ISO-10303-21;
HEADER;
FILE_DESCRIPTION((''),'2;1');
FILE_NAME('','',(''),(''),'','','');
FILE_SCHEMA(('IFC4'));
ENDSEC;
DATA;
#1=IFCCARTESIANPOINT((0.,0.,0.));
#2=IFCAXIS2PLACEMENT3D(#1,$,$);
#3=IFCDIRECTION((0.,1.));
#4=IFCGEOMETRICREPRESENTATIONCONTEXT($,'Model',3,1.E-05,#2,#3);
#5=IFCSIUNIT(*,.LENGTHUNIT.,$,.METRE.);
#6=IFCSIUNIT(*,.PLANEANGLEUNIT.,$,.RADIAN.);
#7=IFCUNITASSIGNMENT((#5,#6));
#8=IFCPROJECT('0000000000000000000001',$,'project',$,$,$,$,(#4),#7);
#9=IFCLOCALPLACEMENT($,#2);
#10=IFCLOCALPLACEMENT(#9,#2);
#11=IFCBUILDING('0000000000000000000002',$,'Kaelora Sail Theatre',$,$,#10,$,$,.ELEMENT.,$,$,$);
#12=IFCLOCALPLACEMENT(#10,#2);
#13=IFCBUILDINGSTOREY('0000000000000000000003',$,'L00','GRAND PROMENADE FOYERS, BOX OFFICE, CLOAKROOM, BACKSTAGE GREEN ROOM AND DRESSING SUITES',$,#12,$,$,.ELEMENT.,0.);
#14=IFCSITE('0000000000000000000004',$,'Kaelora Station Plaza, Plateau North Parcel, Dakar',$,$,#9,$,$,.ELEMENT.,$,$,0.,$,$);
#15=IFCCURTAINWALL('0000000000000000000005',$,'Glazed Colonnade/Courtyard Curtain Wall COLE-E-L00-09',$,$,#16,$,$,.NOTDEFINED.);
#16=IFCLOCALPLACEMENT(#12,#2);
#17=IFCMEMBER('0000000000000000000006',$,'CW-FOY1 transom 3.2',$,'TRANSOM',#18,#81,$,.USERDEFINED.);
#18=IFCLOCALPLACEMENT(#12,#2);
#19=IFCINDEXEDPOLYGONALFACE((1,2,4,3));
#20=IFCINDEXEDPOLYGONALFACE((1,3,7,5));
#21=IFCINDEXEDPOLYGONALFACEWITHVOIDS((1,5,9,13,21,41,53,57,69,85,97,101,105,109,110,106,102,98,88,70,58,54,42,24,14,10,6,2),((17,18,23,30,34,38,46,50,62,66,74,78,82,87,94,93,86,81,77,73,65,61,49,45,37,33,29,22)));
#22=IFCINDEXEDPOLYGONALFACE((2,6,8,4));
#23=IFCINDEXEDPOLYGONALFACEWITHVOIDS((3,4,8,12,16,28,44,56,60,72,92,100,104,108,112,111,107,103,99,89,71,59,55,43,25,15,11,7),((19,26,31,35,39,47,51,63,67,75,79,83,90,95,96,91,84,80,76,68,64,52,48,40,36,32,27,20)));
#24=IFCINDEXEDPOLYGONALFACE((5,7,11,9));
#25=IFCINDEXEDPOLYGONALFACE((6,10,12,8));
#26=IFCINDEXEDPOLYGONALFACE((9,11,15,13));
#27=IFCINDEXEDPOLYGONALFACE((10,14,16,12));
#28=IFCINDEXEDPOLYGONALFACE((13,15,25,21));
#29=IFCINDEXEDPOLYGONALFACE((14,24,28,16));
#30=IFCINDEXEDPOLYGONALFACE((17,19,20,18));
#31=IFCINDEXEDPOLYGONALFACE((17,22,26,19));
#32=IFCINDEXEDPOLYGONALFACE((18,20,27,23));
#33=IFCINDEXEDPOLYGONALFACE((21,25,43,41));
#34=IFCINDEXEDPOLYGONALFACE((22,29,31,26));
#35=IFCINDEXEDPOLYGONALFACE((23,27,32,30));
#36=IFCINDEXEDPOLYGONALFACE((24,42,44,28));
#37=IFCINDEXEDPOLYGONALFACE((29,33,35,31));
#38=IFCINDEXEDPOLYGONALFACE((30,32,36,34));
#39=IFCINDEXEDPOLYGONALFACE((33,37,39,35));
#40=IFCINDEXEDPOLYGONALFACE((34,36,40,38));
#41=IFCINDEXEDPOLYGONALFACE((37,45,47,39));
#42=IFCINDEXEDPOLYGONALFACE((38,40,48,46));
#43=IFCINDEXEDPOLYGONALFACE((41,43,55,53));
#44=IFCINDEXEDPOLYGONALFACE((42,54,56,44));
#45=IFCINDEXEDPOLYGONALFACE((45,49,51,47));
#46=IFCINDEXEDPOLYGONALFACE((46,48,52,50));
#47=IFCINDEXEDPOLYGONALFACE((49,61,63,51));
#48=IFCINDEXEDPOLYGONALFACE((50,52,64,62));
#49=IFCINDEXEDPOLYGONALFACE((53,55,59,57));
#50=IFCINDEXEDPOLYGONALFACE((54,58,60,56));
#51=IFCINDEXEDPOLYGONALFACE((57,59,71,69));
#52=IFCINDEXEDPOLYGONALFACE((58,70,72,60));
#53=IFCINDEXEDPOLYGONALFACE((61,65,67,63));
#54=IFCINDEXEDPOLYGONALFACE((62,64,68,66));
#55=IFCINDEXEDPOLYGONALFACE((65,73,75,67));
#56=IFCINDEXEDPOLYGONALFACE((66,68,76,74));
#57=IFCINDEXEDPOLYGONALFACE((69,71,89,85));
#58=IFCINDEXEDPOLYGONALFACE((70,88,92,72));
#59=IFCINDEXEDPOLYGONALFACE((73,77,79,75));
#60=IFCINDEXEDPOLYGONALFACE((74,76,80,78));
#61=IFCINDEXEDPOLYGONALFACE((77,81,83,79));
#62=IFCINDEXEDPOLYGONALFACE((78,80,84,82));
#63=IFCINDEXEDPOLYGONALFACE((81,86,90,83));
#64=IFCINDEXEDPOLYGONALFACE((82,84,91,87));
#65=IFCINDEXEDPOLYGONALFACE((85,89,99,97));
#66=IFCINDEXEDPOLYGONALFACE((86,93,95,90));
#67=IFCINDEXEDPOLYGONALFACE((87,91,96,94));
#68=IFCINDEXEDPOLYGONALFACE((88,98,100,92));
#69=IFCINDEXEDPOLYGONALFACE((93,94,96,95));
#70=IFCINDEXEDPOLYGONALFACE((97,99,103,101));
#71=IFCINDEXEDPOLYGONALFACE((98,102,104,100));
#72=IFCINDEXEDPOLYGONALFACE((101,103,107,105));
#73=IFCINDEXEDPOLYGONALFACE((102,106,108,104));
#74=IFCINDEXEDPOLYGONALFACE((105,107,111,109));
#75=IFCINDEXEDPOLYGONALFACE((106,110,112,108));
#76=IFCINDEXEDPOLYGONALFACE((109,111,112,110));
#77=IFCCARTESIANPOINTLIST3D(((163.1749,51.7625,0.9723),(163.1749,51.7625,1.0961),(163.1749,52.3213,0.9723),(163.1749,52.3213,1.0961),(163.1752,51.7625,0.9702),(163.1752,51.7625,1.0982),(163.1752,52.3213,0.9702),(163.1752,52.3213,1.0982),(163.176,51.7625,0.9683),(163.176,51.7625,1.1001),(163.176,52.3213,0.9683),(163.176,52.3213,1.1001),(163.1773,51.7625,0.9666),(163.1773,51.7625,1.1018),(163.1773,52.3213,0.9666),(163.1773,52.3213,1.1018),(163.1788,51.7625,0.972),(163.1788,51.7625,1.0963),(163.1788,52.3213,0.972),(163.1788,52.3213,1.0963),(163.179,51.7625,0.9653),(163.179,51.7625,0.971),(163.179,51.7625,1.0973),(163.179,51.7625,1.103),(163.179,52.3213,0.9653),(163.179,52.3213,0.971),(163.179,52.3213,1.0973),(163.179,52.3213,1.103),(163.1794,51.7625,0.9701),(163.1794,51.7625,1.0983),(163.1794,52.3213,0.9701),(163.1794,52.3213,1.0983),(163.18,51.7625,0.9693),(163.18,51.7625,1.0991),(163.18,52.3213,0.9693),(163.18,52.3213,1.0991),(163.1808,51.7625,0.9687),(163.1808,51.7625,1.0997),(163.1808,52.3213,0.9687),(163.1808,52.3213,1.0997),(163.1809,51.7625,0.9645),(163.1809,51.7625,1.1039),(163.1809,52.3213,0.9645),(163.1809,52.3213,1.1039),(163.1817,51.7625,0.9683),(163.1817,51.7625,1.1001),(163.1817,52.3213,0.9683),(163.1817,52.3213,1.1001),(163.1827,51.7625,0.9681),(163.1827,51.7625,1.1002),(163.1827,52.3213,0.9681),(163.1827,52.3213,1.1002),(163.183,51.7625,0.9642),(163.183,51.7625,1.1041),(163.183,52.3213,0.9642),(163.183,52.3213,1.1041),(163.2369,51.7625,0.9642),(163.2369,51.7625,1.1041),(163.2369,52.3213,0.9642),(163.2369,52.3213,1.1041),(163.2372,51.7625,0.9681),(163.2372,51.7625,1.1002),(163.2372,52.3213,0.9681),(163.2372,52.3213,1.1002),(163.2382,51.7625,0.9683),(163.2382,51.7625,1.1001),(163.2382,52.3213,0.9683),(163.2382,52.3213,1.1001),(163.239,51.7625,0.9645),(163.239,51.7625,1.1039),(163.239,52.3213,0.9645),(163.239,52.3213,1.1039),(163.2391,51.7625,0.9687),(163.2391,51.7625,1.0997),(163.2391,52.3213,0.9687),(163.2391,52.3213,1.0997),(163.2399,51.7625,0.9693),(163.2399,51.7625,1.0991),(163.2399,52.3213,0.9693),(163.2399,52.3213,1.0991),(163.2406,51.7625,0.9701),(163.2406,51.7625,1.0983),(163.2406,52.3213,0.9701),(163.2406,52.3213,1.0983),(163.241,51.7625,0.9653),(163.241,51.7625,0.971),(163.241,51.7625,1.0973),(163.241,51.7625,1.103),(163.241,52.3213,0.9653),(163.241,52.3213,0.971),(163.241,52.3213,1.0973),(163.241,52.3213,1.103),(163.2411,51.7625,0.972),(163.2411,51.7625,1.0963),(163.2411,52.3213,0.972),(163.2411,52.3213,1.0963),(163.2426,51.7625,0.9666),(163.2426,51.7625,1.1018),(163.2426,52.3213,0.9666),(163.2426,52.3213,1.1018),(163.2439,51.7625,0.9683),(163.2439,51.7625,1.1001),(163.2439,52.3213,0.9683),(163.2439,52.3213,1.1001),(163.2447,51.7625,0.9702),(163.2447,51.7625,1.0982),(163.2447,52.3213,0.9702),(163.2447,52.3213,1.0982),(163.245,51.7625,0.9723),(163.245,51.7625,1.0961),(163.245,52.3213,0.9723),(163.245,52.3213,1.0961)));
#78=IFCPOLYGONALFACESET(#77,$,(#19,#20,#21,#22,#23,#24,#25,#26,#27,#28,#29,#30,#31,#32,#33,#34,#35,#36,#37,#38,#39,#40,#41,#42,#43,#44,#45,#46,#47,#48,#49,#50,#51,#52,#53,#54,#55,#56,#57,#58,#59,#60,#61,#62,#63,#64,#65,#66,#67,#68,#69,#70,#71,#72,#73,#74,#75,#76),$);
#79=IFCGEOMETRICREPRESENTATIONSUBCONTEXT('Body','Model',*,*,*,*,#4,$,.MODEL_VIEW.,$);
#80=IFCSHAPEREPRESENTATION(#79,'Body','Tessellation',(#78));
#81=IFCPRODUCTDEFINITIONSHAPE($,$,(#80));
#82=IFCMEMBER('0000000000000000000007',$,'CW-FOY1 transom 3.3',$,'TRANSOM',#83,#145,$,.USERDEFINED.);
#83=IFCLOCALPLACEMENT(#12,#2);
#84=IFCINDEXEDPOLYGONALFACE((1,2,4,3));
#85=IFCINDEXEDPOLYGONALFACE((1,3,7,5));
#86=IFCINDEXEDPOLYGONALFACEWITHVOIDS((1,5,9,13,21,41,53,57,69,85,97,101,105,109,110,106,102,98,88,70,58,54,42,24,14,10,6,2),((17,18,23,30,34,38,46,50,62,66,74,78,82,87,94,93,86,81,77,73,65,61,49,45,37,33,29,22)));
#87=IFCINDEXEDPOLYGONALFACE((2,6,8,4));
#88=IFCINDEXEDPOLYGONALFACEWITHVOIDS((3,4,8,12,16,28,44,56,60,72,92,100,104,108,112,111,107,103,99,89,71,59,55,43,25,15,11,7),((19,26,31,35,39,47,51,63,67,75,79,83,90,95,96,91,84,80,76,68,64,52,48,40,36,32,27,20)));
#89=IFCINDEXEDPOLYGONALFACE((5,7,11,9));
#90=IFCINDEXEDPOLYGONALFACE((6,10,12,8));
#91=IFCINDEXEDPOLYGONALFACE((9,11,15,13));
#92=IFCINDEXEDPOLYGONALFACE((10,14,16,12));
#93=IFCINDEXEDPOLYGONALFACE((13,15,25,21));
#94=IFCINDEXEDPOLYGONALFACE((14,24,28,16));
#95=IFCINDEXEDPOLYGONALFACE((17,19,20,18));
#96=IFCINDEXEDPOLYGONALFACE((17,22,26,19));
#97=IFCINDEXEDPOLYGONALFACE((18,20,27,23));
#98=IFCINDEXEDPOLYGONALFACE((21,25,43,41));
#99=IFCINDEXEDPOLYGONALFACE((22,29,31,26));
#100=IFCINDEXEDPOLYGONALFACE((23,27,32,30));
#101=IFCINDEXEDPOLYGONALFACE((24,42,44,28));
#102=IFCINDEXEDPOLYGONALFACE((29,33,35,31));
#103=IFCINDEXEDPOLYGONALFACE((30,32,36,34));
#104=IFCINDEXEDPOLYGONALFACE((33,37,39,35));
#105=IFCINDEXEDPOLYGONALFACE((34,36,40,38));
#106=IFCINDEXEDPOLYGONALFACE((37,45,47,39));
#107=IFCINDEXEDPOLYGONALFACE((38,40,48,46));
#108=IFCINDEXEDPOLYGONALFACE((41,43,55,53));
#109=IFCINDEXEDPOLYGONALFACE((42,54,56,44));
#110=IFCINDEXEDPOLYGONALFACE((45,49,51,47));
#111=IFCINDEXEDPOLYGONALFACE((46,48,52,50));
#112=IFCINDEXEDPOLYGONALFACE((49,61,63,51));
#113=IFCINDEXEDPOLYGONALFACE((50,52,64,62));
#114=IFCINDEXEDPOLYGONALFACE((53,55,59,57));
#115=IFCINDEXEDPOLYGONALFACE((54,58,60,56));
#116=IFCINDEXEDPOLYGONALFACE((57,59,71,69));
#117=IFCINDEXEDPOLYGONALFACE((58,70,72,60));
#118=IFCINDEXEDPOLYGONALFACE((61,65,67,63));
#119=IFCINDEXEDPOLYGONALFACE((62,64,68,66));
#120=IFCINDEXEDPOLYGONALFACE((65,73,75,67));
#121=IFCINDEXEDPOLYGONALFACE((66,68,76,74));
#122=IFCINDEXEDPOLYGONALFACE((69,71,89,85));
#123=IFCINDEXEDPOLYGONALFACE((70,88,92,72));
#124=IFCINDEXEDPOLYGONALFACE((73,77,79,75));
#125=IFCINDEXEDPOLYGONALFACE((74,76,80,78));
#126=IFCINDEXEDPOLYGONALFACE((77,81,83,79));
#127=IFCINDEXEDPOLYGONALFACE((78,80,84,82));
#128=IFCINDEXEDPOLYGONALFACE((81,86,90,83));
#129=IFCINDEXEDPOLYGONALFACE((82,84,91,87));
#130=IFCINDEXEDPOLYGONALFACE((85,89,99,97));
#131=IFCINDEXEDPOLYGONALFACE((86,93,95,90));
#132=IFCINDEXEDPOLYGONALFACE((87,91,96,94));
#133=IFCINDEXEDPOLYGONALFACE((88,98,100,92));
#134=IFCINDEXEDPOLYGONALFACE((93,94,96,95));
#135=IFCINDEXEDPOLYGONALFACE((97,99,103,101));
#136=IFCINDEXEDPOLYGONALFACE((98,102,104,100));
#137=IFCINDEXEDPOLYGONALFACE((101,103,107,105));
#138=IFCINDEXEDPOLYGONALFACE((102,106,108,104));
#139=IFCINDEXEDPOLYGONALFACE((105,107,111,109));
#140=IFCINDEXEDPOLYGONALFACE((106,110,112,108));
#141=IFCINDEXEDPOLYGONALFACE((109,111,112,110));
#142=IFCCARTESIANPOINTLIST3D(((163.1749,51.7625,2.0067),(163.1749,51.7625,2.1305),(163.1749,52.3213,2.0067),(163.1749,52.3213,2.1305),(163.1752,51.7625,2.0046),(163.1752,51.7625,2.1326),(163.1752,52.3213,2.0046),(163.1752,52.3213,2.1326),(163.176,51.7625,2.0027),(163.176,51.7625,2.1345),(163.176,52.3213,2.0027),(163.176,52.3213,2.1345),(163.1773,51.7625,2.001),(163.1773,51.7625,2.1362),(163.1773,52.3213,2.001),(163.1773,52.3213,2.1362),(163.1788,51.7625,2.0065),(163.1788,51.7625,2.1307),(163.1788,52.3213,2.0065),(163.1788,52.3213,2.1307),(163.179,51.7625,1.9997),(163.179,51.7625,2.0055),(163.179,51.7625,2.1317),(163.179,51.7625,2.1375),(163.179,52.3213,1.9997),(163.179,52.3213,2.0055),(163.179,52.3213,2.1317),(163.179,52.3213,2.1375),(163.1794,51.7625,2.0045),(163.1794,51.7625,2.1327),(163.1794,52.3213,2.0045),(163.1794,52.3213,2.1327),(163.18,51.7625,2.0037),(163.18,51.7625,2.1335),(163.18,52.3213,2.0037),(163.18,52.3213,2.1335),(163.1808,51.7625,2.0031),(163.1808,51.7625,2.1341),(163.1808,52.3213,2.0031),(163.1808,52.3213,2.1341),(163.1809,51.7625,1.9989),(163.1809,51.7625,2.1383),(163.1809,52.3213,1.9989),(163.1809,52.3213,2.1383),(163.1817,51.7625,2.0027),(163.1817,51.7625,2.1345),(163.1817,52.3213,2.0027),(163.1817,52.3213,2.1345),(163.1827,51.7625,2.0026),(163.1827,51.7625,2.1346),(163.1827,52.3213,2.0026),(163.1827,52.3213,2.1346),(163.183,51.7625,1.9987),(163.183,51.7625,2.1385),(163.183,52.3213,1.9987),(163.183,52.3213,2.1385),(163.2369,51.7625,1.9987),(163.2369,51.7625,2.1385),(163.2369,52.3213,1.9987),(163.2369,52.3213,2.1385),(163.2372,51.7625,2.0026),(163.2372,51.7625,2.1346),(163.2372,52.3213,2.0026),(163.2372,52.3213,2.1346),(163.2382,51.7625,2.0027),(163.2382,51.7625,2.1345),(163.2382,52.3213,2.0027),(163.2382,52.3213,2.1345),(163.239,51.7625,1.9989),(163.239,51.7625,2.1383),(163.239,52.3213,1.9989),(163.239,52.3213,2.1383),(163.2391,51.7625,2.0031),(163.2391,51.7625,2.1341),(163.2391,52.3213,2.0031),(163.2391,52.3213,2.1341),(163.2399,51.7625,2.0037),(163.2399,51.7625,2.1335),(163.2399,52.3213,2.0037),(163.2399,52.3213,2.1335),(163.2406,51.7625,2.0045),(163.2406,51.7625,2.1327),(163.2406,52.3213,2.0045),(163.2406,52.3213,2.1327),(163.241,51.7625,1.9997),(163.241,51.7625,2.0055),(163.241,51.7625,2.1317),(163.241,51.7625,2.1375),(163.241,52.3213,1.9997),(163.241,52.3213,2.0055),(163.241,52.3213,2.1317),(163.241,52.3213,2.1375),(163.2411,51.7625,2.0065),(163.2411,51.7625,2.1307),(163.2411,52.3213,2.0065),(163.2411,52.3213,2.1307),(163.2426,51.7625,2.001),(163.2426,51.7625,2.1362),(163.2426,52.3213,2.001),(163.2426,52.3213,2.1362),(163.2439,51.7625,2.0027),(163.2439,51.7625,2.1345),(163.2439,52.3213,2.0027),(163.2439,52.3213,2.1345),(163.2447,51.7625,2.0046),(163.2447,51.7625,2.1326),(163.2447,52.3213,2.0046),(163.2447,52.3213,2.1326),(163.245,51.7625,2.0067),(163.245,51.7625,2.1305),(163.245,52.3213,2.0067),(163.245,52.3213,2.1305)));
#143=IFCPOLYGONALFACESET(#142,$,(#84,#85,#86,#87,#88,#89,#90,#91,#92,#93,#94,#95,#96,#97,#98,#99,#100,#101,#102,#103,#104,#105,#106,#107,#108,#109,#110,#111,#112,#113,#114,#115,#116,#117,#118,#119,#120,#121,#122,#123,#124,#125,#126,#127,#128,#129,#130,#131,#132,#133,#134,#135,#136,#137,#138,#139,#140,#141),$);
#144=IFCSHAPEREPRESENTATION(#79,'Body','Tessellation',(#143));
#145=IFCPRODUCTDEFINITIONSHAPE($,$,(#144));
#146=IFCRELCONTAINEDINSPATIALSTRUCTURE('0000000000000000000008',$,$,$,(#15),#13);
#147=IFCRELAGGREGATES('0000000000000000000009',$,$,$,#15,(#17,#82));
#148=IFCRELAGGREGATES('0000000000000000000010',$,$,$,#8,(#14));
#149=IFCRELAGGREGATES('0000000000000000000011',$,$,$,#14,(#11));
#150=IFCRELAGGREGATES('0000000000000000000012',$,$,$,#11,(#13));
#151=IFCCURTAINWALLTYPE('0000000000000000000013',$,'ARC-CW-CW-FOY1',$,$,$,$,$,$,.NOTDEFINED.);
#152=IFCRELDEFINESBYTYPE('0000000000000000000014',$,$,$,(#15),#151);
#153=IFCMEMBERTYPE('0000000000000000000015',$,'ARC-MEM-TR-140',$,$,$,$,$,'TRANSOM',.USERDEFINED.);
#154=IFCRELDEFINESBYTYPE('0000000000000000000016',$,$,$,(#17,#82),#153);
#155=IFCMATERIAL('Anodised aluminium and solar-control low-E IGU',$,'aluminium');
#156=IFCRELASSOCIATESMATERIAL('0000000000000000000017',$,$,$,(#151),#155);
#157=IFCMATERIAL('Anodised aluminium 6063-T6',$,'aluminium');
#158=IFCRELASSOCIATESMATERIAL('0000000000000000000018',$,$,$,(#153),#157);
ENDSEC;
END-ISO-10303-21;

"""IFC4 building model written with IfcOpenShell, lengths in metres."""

from ifc_helpers import new_model, si_unit, direction, frame, origin, origin_2d, place, context, subcontext, project, spatial, hollow_rectangle, extrude, material, material_profile, profile_set, type_object, element, aggregate, save


model = new_model("IFC4")

# Units and contexts
model_context = context("Model", 3, precision=1e-05, world=origin(), true_north=direction((0.0, 1.0)))
body_context = subcontext(model_context, "Body", "Model", "MODEL_VIEW")
ifc_project = project(units=[si_unit("LENGTHUNIT", "METRE"), si_unit("PLANEANGLEUNIT", "RADIAN")], contexts=[model_context])

# Site, building, storey
site_placement = place(None, origin())
site = spatial("IfcSite", under=ifc_project, at=site_placement, Name="Kaelora Station Plaza, Plateau North Parcel, Dakar", CompositionType="ELEMENT", RefElevation=0.0)
building_placement = place(site_placement, origin())
building = spatial("IfcBuilding", under=site, at=building_placement, Name="Kaelora Sail Theatre", CompositionType="ELEMENT")
storey_placement = place(building_placement, origin())
storey = spatial("IfcBuildingStorey", under=building, at=storey_placement, Name="L00", Description="GRAND PROMENADE FOYERS, BOX OFFICE, CLOAKROOM, BACKSTAGE GREEN ROOM AND DRESSING SUITES", CompositionType="ELEMENT", Elevation=0.0)

# Curtain wall, members
ifc_material_1 = material(Name="Anodised aluminium and solar-control low-E IGU", Category="aluminium")
curtain_wall_type = type_object("IfcCurtainWallType", Name="ARC-CW-CW-FOY1", PredefinedType="NOTDEFINED", material=ifc_material_1)
curtain_wall_placement = place(storey_placement, origin())
curtain_wall = element("IfcCurtainWall", 1, at=curtain_wall_placement, inside=storey, type_object=curtain_wall_type, Name="Glazed Colonnade/Courtyard Curtain Wall COLE-E-L00-09", PredefinedType="NOTDEFINED")
ifc_material_2 = material(Name="Anodised aluminium 6063-T6", Category="aluminium")
ifc_material_profile_1 = material_profile(ifc_material_2, hollow_rectangle(XDim=0.0701, YDim=0.1399, WallThickness=0.0039, InnerFilletRadius=0.0039, OuterFilletRadius=0.0081, at=origin_2d()), Name="ALU-TRAN 70x140x4")
ifc_profile_set_1 = profile_set([ifc_material_profile_1], Name="Anodised aluminium 6063-T6")
member_type_1 = type_object("IfcMemberType", Name="ARC-MEM-TR-140", ElementType="TRANSOM", PredefinedType="USERDEFINED", material=ifc_profile_set_1)
member_1_placement = place(storey_placement, frame((163.21, 51.7625, 1.0342), z_axis=(0.0, 1.0, 0.0), x_axis=(-1.0, 0.0, 0.0)))
member_1 = element("IfcMember", 2, at=member_1_placement, type_object=member_type_1, Name="CW-FOY1 transom 3.2", ObjectType="TRANSOM", PredefinedType="USERDEFINED", context=body_context, shape_type="SweptSolid", body=[
    extrude(hollow_rectangle(XDim=0.0701, YDim=0.1399, WallThickness=0.0039, InnerFilletRadius=0.0039, OuterFilletRadius=0.0081, at=origin_2d()), origin(), (0.0, 0.0, 1.0), 0.5588),
])
member_2_placement = place(storey_placement, frame((163.21, 51.7625, 2.0686), z_axis=(0.0, 1.0, 0.0), x_axis=(-1.0, 0.0, 0.0)))
member_2 = element("IfcMember", 3, at=member_2_placement, type_object=member_type_1, Name="CW-FOY1 transom 3.3", ObjectType="TRANSOM", PredefinedType="USERDEFINED", context=body_context, shape_type="SweptSolid", body=[
    extrude(hollow_rectangle(XDim=0.0701, YDim=0.1399, WallThickness=0.0039, InnerFilletRadius=0.0039, OuterFilletRadius=0.0081, at=origin_2d()), origin(), (0.0, 0.0, 1.0), 0.5588),
])
aggregate(curtain_wall, [member_1, member_2])

save(model, "model.ifc")
